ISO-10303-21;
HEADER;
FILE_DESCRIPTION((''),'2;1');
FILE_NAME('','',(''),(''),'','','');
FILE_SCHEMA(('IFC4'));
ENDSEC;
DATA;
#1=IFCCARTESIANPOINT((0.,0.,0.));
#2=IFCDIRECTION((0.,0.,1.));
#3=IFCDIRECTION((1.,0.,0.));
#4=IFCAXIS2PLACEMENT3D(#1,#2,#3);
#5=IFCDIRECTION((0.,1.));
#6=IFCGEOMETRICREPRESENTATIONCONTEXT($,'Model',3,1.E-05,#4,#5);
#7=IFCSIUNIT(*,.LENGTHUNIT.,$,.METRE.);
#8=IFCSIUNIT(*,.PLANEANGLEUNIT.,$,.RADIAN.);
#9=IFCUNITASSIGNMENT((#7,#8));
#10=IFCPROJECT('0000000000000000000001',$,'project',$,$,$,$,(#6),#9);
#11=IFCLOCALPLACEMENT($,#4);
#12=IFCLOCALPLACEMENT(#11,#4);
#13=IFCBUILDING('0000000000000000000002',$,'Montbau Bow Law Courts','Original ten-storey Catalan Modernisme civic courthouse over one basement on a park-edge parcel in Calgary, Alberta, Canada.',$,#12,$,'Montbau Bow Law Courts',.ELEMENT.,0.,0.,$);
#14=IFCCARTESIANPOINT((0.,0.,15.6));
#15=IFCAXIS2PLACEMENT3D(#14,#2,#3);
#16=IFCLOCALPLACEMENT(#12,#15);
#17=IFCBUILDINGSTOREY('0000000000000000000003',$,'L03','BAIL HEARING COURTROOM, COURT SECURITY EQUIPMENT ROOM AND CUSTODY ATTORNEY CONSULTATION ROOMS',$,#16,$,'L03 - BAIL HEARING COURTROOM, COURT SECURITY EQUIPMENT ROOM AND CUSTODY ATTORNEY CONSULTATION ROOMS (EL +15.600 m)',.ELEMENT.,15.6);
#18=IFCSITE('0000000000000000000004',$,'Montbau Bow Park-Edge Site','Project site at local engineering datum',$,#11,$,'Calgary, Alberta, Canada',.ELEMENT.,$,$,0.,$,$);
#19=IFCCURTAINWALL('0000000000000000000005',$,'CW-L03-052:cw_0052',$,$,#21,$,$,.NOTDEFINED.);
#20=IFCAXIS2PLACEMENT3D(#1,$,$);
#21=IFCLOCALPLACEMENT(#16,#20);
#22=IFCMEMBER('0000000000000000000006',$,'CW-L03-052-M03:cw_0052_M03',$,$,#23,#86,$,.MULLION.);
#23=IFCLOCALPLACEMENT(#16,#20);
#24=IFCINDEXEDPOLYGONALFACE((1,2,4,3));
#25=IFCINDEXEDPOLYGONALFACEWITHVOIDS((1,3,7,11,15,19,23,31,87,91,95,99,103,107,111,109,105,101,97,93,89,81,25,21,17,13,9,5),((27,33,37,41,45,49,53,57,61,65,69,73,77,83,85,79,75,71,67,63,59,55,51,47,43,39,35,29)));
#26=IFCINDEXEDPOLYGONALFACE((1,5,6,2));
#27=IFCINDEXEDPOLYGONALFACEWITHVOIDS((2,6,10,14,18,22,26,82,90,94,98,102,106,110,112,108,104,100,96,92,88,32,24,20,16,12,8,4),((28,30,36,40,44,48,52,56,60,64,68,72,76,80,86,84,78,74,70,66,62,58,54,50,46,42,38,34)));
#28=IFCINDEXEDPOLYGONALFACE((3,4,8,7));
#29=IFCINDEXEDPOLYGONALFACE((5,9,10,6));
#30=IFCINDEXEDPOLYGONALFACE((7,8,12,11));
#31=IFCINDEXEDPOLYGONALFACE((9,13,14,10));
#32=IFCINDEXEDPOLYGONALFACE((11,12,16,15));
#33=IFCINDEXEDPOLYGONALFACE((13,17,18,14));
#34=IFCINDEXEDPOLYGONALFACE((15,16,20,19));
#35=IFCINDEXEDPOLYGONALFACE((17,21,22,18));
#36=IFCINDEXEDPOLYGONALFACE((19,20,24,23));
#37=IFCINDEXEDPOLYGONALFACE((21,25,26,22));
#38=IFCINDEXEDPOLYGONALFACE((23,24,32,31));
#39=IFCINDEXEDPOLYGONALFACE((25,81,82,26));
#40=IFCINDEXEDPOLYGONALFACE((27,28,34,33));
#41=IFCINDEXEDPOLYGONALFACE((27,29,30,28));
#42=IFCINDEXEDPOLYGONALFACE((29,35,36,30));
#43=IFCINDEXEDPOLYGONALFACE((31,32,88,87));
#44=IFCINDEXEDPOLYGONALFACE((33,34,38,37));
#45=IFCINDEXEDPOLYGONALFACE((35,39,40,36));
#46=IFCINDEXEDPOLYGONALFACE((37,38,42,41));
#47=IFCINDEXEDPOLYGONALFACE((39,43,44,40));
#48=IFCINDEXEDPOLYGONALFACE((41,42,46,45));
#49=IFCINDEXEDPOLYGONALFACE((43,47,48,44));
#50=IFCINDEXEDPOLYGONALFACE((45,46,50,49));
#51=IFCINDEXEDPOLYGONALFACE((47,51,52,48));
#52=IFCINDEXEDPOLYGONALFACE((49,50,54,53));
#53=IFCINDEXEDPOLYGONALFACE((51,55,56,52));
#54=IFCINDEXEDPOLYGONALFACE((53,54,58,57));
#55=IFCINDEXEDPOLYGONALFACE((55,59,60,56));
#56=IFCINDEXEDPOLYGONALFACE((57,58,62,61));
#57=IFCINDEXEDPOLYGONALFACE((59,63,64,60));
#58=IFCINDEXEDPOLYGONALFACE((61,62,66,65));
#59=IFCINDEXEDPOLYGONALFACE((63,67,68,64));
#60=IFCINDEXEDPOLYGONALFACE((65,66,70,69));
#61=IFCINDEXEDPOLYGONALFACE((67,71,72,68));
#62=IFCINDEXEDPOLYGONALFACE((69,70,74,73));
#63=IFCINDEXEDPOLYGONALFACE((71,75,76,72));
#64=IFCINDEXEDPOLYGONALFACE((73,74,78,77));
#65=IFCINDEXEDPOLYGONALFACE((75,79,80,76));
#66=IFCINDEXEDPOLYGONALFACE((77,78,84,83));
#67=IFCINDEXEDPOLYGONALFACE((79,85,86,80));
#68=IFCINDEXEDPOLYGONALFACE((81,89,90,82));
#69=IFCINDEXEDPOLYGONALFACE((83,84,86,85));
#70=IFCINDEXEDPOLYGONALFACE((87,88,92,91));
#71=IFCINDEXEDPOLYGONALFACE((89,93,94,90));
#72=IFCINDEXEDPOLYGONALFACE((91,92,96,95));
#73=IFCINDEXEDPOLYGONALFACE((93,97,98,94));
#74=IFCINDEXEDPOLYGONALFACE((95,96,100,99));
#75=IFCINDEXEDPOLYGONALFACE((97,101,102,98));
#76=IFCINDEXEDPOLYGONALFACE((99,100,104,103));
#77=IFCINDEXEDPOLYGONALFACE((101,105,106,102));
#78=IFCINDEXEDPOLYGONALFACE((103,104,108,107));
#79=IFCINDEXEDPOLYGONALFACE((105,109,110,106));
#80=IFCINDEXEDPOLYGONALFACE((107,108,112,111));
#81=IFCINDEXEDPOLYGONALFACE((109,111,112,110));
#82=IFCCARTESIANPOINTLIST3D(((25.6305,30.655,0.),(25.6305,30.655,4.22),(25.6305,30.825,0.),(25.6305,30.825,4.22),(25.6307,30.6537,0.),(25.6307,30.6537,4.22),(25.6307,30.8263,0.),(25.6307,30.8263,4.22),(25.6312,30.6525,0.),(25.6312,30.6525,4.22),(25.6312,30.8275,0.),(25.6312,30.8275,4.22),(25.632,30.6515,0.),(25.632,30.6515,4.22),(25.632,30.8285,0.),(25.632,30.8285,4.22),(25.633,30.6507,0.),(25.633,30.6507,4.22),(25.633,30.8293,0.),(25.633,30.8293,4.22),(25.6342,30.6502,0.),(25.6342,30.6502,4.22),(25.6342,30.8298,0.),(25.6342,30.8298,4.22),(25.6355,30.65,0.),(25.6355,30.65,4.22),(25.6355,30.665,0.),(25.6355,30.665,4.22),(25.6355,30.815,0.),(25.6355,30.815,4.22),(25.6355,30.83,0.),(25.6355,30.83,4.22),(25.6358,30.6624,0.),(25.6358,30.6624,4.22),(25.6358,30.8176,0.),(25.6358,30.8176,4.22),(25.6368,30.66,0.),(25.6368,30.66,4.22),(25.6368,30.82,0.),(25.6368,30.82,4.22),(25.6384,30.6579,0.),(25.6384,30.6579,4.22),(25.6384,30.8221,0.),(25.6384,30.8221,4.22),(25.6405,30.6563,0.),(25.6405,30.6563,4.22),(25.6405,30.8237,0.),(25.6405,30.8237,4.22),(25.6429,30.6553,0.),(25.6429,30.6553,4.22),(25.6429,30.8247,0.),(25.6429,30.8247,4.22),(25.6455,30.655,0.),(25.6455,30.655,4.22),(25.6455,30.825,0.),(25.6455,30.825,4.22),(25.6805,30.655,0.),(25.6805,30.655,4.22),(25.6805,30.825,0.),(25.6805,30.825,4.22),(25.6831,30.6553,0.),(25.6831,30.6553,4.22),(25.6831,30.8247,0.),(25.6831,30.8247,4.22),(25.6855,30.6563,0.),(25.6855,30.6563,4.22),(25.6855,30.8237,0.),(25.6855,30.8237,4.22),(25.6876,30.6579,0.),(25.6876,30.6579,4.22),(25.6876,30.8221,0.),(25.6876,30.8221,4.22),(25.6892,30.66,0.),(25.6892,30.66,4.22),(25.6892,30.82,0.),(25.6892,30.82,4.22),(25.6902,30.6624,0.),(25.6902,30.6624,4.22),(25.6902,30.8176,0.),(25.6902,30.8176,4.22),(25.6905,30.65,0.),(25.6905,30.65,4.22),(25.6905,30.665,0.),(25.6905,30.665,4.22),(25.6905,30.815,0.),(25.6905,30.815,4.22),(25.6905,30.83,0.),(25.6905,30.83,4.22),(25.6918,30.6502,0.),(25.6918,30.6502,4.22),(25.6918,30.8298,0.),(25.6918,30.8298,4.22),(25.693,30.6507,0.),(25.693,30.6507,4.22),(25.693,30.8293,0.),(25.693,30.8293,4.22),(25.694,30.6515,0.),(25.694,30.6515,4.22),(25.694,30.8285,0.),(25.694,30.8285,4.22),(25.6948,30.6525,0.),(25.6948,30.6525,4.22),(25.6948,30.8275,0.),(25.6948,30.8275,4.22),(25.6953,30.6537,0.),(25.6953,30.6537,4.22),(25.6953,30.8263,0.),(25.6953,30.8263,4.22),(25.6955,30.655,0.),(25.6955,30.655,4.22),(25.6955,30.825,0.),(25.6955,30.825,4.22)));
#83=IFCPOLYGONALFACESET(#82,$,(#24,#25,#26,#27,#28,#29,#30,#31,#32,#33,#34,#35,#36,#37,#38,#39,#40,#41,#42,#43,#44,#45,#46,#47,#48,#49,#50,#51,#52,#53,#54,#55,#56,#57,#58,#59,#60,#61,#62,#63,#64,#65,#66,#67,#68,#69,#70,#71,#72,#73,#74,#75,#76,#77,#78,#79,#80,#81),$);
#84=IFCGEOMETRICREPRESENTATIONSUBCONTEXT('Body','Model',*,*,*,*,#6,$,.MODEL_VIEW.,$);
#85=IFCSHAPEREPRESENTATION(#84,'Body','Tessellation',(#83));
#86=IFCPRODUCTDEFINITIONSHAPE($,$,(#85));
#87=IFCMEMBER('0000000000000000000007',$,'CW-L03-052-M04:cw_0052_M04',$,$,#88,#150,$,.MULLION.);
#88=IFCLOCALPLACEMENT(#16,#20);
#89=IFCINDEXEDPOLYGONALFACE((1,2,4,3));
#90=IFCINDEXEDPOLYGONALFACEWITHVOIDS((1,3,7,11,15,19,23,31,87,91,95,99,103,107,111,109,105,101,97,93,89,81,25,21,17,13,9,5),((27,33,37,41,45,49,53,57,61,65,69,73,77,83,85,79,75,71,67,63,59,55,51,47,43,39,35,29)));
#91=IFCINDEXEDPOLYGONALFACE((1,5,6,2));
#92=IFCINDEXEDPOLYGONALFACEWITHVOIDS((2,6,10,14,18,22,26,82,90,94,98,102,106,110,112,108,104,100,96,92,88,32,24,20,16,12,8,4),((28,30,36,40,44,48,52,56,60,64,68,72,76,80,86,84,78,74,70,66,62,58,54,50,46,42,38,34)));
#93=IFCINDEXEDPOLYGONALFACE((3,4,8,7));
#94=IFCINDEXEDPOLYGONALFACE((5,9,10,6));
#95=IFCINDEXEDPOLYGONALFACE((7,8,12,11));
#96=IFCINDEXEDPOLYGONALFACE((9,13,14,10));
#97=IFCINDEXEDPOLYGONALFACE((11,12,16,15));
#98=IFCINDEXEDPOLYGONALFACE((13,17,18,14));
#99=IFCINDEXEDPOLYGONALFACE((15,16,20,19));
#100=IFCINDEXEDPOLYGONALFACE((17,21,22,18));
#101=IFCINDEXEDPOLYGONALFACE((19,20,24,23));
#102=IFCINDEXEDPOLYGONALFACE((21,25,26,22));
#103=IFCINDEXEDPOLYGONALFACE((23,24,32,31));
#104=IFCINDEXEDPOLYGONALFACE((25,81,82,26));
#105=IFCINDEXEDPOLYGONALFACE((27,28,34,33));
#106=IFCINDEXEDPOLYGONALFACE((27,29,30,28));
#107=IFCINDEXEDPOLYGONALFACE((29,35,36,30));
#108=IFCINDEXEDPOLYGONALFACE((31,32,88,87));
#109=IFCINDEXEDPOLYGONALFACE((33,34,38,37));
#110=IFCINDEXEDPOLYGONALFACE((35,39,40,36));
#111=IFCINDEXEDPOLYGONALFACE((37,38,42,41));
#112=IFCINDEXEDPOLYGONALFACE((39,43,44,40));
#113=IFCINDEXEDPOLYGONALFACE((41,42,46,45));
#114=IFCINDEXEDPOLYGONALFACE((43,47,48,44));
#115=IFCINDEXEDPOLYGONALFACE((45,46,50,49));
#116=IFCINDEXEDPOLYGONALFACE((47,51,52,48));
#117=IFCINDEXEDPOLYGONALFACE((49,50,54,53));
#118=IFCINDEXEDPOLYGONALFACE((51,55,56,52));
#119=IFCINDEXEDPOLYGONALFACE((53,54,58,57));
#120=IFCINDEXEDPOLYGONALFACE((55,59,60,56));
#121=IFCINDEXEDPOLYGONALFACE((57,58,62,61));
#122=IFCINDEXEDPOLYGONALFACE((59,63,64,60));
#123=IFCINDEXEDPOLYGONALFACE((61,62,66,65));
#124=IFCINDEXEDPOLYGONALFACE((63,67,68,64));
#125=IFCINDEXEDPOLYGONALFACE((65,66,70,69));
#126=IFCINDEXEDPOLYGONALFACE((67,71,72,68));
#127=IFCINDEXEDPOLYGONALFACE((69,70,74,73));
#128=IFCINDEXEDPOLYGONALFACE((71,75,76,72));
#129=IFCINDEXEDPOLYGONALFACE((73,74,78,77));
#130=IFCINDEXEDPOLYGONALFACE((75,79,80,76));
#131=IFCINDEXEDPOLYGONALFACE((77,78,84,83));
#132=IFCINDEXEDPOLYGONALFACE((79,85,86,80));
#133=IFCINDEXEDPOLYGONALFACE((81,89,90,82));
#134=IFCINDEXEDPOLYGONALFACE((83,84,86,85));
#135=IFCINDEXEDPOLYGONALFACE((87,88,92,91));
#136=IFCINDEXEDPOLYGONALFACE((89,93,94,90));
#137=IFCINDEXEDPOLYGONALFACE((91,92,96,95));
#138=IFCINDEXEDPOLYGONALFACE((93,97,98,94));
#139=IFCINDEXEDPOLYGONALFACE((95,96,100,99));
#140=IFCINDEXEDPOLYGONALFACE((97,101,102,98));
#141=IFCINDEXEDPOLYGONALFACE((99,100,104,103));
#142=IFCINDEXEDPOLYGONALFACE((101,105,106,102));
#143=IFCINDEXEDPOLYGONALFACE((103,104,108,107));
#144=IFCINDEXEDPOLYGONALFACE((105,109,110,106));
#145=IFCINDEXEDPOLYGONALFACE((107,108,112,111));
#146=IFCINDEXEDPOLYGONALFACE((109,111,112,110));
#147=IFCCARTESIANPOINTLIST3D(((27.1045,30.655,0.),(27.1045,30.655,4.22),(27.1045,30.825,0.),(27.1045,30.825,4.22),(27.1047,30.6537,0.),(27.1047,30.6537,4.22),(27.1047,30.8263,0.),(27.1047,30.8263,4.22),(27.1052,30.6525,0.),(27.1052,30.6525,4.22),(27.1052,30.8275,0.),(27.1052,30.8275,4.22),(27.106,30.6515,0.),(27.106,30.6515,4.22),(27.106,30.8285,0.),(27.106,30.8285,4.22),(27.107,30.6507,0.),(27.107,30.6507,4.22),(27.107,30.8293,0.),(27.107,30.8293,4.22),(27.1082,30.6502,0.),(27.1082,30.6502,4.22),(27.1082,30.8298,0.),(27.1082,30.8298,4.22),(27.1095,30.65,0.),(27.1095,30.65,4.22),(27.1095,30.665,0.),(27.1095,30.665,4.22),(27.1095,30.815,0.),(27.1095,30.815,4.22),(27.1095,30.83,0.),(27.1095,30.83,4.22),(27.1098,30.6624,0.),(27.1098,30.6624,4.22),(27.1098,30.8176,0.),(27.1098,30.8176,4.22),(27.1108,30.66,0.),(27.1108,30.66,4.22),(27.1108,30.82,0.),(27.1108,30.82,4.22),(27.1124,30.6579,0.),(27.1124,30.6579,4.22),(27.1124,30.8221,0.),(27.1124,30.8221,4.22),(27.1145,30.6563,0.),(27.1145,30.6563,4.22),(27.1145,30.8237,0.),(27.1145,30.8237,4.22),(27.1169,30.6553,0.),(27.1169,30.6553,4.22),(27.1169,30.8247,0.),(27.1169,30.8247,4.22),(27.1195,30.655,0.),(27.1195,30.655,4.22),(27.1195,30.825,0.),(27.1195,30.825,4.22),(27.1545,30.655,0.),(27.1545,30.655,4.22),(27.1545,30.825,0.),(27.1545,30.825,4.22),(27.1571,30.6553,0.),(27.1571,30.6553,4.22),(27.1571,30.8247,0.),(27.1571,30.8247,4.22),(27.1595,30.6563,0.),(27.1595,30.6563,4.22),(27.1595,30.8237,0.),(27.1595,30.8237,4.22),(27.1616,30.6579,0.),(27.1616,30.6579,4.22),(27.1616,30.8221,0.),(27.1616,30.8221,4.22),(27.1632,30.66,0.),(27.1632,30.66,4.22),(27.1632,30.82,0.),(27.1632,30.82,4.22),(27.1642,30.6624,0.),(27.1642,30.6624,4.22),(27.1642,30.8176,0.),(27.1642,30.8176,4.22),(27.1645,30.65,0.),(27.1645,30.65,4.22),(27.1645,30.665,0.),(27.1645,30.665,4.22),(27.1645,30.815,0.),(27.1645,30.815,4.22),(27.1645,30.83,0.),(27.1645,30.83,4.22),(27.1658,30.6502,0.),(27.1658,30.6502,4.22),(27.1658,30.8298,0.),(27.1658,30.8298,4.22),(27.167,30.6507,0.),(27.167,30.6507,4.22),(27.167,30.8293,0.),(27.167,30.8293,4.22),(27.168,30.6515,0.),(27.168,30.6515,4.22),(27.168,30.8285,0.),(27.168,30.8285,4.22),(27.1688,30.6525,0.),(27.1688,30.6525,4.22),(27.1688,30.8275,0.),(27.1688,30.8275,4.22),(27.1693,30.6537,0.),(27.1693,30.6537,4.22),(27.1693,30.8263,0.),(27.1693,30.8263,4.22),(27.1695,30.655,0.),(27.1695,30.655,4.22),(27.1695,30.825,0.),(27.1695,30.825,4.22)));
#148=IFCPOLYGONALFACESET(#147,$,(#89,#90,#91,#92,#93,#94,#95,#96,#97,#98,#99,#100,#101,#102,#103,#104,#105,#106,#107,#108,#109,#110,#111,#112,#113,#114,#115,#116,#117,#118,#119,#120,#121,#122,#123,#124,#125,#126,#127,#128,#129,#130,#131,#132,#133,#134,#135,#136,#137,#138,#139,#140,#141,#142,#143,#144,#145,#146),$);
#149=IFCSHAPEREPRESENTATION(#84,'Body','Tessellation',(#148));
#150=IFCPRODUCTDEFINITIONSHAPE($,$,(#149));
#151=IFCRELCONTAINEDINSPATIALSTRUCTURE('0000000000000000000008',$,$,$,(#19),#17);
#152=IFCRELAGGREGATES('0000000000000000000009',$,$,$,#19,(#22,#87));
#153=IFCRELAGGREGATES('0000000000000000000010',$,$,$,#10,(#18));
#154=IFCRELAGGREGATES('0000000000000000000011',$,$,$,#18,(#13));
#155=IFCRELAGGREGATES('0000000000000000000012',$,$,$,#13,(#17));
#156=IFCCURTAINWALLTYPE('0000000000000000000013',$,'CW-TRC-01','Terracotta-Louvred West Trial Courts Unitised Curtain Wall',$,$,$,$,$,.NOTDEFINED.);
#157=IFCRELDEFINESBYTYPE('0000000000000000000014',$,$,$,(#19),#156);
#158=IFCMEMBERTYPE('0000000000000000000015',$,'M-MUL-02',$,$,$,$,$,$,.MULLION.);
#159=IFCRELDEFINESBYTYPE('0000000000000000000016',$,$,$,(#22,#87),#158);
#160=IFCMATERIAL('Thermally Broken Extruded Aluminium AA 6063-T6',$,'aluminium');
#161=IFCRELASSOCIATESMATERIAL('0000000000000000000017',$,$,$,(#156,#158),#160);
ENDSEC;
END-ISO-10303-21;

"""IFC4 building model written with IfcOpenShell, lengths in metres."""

from ifc_helpers import new_model, si_unit, direction, frame, origin_with_axes, origin_2d_with_axis, place, context, subcontext, project, spatial, hollow_rectangle, extrude, material, material_profile, profile_set, type_object, element, aggregate, save


model = new_model("IFC4")

# Units and contexts
model_context = context("Model", 3, precision=1e-05, world=origin_with_axes(), true_north=direction((0.0, 1.0)))
body_context = subcontext(model_context, "Body", "Model", "MODEL_VIEW")
ifc_project = project(units=[si_unit("LENGTHUNIT", "METRE"), si_unit("PLANEANGLEUNIT", "RADIAN")], contexts=[model_context])

# Site, building, storey
site_placement = place(None, origin_with_axes())
site = spatial("IfcSite", under=ifc_project, at=site_placement, Name="Montbau Bow Park-Edge Site", Description="Project site at local engineering datum", LongName="Calgary, Alberta, Canada", CompositionType="ELEMENT", RefElevation=0.0)
building_placement = place(site_placement, origin_with_axes())
building = spatial("IfcBuilding", under=site, at=building_placement, Name="Montbau Bow Law Courts", Description="Original ten-storey Catalan Modernisme civic courthouse over one basement on a park-edge parcel in Calgary, Alberta, Canada.", LongName="Montbau Bow Law Courts", CompositionType="ELEMENT", ElevationOfRefHeight=0.0, ElevationOfTerrain=0.0)
storey_placement = place(building_placement, frame((0.0, 0.0, 15.6), z_axis=(0.0, 0.0, 1.0), x_axis=(1.0, 0.0, 0.0)))
storey = spatial("IfcBuildingStorey", under=building, at=storey_placement, Name="L03", Description="BAIL HEARING COURTROOM, COURT SECURITY EQUIPMENT ROOM AND CUSTODY ATTORNEY CONSULTATION ROOMS", LongName="L03 - BAIL HEARING COURTROOM, COURT SECURITY EQUIPMENT ROOM AND CUSTODY ATTORNEY CONSULTATION ROOMS (EL +15.600 m)", CompositionType="ELEMENT", Elevation=15.6)

# Curtain wall, members
ifc_material_1 = material(Name="Thermally Broken Extruded Aluminium AA 6063-T6", Category="aluminium")
curtain_wall_type = type_object("IfcCurtainWallType", Name="CW-TRC-01", Description="Terracotta-Louvred West Trial Courts Unitised Curtain Wall", PredefinedType="NOTDEFINED", material=ifc_material_1)
curtain_wall_placement = place(None, frame((22.715, 30.74, 15.6), z_axis=(0.0, 0.0, 1.0), x_axis=(1.0, 0.0, 0.0)))
curtain_wall = element("IfcCurtainWall", 1, at=curtain_wall_placement, inside=storey, type_object=curtain_wall_type, Name="CW-L03-052:cw_0052", PredefinedType="NOTDEFINED")
ifc_material_profile_1 = material_profile(ifc_material_1, hollow_rectangle(XDim=0.065, YDim=0.18, WallThickness=0.005, InnerFilletRadius=0.01, OuterFilletRadius=0.005, at=origin_2d_with_axis()), Name="CWM-180X65", Category="Main", Priority=0)
ifc_profile_set_1 = profile_set([ifc_material_profile_1], Name="Thermally Broken Extruded Aluminium AA 6063-T6")
member_type_1 = type_object("IfcMemberType", Name="M-MUL-02", PredefinedType="MULLION", material=ifc_profile_set_1)
member_1_placement = place(None, frame((25.663, 30.74, 15.6), z_axis=(0.0, 0.0, 1.0), x_axis=(1.0, 0.0, 0.0)))
member_1 = element("IfcMember", 2, at=member_1_placement, type_object=member_type_1, Name="CW-L03-052-M03:cw_0052_M03", PredefinedType="MULLION", context=body_context, shape_type="SweptSolid", body=[
    extrude(hollow_rectangle(XDim=0.065, YDim=0.18, WallThickness=0.005, InnerFilletRadius=0.01, OuterFilletRadius=0.005, at=origin_2d_with_axis()), origin_with_axes(), (0.0, 0.0, 1.0), 4.22),
])
member_2_placement = place(None, frame((27.137, 30.74, 15.6), z_axis=(0.0, 0.0, 1.0), x_axis=(1.0, 0.0, 0.0)))
member_2 = element("IfcMember", 3, at=member_2_placement, type_object=member_type_1, Name="CW-L03-052-M04:cw_0052_M04", PredefinedType="MULLION", context=body_context, shape_type="SweptSolid", body=[
    extrude(hollow_rectangle(XDim=0.065, YDim=0.18, WallThickness=0.005, InnerFilletRadius=0.01, OuterFilletRadius=0.005, at=origin_2d_with_axis()), origin_with_axes(), (0.0, 0.0, 1.0), 4.22),
])
aggregate(curtain_wall, [member_1, member_2])

save(model, "model.ifc")
